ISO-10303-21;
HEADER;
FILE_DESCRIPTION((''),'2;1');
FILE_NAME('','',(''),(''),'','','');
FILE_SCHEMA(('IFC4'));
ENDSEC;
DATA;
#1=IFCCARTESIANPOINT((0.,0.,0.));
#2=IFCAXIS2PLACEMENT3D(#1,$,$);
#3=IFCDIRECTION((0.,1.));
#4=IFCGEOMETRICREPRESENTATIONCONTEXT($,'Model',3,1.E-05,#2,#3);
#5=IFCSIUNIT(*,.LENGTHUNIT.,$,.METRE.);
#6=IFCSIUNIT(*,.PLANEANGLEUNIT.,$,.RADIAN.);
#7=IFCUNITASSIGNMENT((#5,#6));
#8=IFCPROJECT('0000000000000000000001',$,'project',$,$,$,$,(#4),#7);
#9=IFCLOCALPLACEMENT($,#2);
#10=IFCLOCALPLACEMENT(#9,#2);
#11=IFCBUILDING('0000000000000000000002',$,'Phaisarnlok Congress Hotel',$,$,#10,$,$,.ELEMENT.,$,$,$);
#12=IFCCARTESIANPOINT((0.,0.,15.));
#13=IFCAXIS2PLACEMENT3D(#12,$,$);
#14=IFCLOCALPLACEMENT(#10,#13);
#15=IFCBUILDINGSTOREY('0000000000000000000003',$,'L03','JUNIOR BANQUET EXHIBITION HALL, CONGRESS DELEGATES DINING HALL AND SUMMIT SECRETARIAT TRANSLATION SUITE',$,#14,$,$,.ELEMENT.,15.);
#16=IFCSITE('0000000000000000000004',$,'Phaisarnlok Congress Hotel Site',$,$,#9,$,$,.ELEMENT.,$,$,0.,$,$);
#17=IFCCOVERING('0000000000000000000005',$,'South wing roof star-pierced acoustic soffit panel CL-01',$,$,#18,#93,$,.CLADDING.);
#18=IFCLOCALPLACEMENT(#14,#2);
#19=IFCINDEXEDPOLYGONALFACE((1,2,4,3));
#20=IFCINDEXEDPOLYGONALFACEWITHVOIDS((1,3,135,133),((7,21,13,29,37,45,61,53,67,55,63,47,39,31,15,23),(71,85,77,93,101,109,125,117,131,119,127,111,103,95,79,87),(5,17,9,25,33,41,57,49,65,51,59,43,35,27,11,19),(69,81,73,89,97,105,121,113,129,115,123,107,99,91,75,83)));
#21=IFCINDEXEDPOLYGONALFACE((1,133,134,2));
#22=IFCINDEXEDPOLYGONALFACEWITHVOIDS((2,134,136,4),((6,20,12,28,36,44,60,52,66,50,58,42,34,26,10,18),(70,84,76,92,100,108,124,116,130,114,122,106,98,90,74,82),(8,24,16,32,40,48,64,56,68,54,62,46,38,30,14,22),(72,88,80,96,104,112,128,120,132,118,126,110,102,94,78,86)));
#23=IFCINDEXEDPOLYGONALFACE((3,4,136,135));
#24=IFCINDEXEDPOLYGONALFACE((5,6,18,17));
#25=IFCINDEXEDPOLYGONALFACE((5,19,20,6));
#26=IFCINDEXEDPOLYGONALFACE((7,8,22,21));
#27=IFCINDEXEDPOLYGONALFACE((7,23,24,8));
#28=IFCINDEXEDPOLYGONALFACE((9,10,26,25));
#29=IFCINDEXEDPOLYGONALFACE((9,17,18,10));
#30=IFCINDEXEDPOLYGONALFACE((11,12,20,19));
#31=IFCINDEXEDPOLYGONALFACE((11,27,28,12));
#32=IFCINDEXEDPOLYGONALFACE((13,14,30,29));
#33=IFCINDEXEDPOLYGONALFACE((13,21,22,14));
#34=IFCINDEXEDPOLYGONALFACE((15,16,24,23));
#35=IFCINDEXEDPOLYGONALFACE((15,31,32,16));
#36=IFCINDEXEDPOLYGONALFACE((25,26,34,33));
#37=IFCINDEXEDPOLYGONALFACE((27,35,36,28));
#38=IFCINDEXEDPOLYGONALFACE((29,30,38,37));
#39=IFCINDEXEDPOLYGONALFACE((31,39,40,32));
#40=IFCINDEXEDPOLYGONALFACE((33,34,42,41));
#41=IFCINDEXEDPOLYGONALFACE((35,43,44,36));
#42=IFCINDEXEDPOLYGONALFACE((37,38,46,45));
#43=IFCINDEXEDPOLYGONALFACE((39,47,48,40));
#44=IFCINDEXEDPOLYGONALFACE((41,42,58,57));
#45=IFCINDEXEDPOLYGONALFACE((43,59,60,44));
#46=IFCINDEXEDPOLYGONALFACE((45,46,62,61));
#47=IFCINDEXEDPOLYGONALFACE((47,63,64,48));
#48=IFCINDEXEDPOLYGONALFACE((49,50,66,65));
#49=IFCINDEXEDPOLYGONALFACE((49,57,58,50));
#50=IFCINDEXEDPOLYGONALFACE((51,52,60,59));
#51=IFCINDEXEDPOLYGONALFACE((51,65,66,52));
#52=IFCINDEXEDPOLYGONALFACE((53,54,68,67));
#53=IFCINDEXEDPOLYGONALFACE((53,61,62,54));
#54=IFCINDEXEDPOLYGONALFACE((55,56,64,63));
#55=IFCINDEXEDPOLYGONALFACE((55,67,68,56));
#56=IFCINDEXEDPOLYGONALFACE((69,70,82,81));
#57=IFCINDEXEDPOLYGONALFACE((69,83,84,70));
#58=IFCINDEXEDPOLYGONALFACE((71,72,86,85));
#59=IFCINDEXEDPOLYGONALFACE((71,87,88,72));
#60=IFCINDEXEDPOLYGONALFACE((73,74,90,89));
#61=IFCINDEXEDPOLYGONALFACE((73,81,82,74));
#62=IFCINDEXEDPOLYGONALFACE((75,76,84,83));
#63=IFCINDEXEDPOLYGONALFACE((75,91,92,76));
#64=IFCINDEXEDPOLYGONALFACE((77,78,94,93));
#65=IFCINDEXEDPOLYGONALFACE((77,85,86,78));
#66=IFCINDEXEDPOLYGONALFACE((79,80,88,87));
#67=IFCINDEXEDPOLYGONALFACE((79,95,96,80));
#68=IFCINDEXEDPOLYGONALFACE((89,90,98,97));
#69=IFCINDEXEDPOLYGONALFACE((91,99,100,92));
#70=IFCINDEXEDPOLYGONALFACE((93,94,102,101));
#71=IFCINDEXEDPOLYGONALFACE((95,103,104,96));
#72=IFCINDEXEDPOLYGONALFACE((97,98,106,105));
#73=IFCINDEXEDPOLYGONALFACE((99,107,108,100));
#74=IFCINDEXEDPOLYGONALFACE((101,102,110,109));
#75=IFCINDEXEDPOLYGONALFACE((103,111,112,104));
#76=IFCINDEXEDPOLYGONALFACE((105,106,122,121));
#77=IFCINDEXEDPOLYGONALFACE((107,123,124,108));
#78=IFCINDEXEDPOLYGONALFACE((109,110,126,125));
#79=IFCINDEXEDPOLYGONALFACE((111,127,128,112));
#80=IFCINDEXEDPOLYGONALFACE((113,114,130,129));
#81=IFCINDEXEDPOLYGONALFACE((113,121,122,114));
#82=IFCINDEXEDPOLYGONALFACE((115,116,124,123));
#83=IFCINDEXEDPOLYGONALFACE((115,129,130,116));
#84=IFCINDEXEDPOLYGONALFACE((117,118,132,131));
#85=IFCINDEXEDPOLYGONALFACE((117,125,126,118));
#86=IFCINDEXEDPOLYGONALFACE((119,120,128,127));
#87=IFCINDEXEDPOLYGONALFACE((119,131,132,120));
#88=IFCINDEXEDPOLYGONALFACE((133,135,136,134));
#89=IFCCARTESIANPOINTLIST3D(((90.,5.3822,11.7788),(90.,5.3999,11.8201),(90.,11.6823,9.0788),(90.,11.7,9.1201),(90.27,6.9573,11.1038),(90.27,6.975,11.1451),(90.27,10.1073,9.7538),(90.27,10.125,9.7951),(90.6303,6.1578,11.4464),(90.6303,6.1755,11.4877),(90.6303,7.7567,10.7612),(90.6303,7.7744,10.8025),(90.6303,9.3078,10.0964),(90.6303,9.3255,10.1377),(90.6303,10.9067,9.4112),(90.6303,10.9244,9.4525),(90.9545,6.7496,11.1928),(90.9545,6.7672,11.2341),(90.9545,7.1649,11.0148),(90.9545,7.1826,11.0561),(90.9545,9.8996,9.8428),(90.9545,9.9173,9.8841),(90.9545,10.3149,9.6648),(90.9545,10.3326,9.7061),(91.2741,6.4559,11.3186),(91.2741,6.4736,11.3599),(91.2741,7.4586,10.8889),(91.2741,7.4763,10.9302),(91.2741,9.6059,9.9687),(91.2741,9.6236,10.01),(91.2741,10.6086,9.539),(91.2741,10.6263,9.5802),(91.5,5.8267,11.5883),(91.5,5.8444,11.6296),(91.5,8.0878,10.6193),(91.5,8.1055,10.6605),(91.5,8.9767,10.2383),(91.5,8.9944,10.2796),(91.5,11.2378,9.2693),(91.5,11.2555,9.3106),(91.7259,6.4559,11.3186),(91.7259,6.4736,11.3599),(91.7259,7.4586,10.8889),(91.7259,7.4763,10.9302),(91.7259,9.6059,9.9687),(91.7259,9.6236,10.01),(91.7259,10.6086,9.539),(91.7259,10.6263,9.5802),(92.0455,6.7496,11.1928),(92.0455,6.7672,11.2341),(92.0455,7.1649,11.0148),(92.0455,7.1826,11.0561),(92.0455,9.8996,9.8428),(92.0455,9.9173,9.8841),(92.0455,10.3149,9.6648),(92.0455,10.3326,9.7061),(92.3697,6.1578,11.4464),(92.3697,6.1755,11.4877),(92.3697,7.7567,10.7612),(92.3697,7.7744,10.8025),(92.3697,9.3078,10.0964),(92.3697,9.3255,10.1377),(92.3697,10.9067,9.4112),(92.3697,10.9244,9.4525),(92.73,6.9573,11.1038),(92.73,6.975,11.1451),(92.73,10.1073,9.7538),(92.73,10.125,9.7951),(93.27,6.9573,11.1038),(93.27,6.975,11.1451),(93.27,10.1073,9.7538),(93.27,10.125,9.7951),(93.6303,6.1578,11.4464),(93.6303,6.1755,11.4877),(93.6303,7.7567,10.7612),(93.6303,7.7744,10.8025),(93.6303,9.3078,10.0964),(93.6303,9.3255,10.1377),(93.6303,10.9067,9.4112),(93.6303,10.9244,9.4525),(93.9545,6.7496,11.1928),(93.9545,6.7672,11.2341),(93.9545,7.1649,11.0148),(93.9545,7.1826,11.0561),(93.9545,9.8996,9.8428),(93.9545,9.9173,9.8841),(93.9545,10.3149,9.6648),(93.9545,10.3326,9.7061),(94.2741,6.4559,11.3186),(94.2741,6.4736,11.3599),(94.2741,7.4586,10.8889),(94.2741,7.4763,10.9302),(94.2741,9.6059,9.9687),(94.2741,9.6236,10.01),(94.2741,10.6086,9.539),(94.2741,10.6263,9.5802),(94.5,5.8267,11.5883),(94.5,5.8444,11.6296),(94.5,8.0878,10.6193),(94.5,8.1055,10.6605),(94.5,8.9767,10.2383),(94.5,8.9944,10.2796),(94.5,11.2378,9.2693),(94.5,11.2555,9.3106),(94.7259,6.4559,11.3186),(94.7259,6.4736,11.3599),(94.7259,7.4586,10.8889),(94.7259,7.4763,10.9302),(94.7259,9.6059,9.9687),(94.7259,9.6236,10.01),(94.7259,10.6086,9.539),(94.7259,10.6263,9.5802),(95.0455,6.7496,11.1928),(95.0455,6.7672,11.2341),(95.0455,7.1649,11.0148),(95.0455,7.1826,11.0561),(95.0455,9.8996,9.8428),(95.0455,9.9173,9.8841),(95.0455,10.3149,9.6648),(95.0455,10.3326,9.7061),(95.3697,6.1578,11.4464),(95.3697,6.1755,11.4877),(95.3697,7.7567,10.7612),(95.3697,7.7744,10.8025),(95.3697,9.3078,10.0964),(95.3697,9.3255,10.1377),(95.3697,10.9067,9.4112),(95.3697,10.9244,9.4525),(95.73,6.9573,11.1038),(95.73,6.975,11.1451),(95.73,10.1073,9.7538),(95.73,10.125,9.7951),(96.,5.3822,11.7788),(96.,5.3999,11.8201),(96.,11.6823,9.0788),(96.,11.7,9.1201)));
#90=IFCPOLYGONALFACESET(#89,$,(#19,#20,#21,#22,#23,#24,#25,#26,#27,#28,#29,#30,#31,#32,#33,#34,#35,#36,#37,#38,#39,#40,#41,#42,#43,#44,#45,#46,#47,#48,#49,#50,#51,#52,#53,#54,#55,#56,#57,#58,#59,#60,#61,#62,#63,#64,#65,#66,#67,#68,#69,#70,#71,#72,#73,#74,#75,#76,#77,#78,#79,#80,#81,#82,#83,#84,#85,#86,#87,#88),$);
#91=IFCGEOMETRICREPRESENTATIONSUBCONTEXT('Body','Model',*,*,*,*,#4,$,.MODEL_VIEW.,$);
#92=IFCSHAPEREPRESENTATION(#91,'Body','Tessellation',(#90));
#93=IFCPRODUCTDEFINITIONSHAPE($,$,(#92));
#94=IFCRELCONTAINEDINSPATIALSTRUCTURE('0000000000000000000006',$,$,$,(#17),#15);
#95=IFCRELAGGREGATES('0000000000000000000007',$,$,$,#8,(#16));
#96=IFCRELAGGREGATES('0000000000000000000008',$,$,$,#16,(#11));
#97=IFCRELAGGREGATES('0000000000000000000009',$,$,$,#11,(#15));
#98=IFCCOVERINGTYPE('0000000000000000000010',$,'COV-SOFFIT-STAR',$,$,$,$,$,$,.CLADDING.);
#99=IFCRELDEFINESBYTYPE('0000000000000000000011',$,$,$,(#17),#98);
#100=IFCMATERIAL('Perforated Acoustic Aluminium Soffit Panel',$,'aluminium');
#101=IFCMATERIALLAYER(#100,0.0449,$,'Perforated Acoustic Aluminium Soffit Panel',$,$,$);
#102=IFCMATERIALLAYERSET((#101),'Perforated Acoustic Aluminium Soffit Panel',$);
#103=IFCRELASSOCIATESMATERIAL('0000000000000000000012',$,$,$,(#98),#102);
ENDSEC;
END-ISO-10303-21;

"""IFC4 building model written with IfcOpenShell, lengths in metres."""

from ifc_helpers import new_model, si_unit, direction, frame, origin, place, context, subcontext, project, spatial, polyline, outline, extrude, material, layer, layer_set, type_object, element, save


model = new_model("IFC4")

# Units and contexts
model_context = context("Model", 3, precision=1e-05, world=origin(), true_north=direction((0.0, 1.0)))
body_context = subcontext(model_context, "Body", "Model", "MODEL_VIEW")
ifc_project = project(units=[si_unit("LENGTHUNIT", "METRE"), si_unit("PLANEANGLEUNIT", "RADIAN")], contexts=[model_context])

# Site, building, storey
site_placement = place(None, origin())
site = spatial("IfcSite", under=ifc_project, at=site_placement, Name="Phaisarnlok Congress Hotel Site", CompositionType="ELEMENT", RefElevation=0.0)
building_placement = place(site_placement, origin())
building = spatial("IfcBuilding", under=site, at=building_placement, Name="Phaisarnlok Congress Hotel", CompositionType="ELEMENT")
storey_placement = place(building_placement, frame((0.0, 0.0, 15.0)))
storey = spatial("IfcBuildingStorey", under=building, at=storey_placement, Name="L03", Description="JUNIOR BANQUET EXHIBITION HALL, CONGRESS DELEGATES DINING HALL AND SUMMIT SECRETARIAT TRANSLATION SUITE", CompositionType="ELEMENT", Elevation=15.0)

# Covering
ifc_material_1 = material(Name="Perforated Acoustic Aluminium Soffit Panel", Category="aluminium")
ifc_layer_1 = layer(ifc_material_1, 0.0449, Name="Perforated Acoustic Aluminium Soffit Panel")
ifc_layer_set_1 = layer_set([ifc_layer_1], Name="Perforated Acoustic Aluminium Soffit Panel")
covering_type = type_object("IfcCoveringType", Name="COV-SOFFIT-STAR", PredefinedType="CLADDING", material=ifc_layer_set_1)
covering_placement = place(storey_placement, frame((90.0, 11.7, 9.1201), z_axis=(0.0, -0.393911, -0.919149), x_axis=(1.0, 0.0, 0.0)))
element("IfcCovering", 1, at=covering_placement, inside=storey, type_object=covering_type, Name="South wing roof star-pierced acoustic soffit panel CL-01", PredefinedType="CLADDING", context=body_context, shape_type="SweptSolid", body=[
    extrude(outline(polyline([(0.0, 0.0), (6.0, 0.0), (6.0, 6.8542), (0.0, 6.8542), (0.0, 0.0)]), holes=[polyline([(2.0455, 1.4876), (2.3697, 0.8438), (1.7259, 1.1681), (1.5, 0.4835), (1.2741, 1.1681), (0.6303, 0.8438), (0.9545, 1.4876), (0.27, 1.7135), (0.9545, 1.9395), (0.6303, 2.5833), (1.2741, 2.259), (1.5, 2.9435), (1.7259, 2.259), (2.3697, 2.5833), (2.0455, 1.9395), (2.73, 1.7135), (2.0455, 1.4876)]), polyline([(2.0455, 4.9147), (2.3697, 4.2709), (1.7259, 4.5952), (1.5, 3.9106), (1.2741, 4.5952), (0.6303, 4.2709), (0.9545, 4.9147), (0.27, 5.1406), (0.9545, 5.3666), (0.6303, 6.0104), (1.2741, 5.6861), (1.5, 6.3706), (1.7259, 5.6861), (2.3697, 6.0104), (2.0455, 5.3666), (2.73, 5.1406), (2.0455, 4.9147)]), polyline([(5.0455, 1.4876), (5.3697, 0.8438), (4.7259, 1.1681), (4.5, 0.4835), (4.2741, 1.1681), (3.6303, 0.8438), (3.9545, 1.4876), (3.27, 1.7135), (3.9545, 1.9395), (3.6303, 2.5833), (4.2741, 2.259), (4.5, 2.9435), (4.7259, 2.259), (5.3697, 2.5833), (5.0455, 1.9395), (5.73, 1.7135), (5.0455, 1.4876)]), polyline([(5.0455, 4.9147), (5.3697, 4.2709), (4.7259, 4.5952), (4.5, 3.9106), (4.2741, 4.5952), (3.6303, 4.2709), (3.9545, 4.9147), (3.27, 5.1406), (3.9545, 5.3666), (3.6303, 6.0104), (4.2741, 5.6861), (4.5, 6.3706), (4.7259, 5.6861), (5.3697, 6.0104), (5.0455, 5.3666), (5.73, 5.1406), (5.0455, 4.9147)])]), origin(), (0.0, 0.0, 1.0), 0.0449),
])

save(model, "model.ifc")
